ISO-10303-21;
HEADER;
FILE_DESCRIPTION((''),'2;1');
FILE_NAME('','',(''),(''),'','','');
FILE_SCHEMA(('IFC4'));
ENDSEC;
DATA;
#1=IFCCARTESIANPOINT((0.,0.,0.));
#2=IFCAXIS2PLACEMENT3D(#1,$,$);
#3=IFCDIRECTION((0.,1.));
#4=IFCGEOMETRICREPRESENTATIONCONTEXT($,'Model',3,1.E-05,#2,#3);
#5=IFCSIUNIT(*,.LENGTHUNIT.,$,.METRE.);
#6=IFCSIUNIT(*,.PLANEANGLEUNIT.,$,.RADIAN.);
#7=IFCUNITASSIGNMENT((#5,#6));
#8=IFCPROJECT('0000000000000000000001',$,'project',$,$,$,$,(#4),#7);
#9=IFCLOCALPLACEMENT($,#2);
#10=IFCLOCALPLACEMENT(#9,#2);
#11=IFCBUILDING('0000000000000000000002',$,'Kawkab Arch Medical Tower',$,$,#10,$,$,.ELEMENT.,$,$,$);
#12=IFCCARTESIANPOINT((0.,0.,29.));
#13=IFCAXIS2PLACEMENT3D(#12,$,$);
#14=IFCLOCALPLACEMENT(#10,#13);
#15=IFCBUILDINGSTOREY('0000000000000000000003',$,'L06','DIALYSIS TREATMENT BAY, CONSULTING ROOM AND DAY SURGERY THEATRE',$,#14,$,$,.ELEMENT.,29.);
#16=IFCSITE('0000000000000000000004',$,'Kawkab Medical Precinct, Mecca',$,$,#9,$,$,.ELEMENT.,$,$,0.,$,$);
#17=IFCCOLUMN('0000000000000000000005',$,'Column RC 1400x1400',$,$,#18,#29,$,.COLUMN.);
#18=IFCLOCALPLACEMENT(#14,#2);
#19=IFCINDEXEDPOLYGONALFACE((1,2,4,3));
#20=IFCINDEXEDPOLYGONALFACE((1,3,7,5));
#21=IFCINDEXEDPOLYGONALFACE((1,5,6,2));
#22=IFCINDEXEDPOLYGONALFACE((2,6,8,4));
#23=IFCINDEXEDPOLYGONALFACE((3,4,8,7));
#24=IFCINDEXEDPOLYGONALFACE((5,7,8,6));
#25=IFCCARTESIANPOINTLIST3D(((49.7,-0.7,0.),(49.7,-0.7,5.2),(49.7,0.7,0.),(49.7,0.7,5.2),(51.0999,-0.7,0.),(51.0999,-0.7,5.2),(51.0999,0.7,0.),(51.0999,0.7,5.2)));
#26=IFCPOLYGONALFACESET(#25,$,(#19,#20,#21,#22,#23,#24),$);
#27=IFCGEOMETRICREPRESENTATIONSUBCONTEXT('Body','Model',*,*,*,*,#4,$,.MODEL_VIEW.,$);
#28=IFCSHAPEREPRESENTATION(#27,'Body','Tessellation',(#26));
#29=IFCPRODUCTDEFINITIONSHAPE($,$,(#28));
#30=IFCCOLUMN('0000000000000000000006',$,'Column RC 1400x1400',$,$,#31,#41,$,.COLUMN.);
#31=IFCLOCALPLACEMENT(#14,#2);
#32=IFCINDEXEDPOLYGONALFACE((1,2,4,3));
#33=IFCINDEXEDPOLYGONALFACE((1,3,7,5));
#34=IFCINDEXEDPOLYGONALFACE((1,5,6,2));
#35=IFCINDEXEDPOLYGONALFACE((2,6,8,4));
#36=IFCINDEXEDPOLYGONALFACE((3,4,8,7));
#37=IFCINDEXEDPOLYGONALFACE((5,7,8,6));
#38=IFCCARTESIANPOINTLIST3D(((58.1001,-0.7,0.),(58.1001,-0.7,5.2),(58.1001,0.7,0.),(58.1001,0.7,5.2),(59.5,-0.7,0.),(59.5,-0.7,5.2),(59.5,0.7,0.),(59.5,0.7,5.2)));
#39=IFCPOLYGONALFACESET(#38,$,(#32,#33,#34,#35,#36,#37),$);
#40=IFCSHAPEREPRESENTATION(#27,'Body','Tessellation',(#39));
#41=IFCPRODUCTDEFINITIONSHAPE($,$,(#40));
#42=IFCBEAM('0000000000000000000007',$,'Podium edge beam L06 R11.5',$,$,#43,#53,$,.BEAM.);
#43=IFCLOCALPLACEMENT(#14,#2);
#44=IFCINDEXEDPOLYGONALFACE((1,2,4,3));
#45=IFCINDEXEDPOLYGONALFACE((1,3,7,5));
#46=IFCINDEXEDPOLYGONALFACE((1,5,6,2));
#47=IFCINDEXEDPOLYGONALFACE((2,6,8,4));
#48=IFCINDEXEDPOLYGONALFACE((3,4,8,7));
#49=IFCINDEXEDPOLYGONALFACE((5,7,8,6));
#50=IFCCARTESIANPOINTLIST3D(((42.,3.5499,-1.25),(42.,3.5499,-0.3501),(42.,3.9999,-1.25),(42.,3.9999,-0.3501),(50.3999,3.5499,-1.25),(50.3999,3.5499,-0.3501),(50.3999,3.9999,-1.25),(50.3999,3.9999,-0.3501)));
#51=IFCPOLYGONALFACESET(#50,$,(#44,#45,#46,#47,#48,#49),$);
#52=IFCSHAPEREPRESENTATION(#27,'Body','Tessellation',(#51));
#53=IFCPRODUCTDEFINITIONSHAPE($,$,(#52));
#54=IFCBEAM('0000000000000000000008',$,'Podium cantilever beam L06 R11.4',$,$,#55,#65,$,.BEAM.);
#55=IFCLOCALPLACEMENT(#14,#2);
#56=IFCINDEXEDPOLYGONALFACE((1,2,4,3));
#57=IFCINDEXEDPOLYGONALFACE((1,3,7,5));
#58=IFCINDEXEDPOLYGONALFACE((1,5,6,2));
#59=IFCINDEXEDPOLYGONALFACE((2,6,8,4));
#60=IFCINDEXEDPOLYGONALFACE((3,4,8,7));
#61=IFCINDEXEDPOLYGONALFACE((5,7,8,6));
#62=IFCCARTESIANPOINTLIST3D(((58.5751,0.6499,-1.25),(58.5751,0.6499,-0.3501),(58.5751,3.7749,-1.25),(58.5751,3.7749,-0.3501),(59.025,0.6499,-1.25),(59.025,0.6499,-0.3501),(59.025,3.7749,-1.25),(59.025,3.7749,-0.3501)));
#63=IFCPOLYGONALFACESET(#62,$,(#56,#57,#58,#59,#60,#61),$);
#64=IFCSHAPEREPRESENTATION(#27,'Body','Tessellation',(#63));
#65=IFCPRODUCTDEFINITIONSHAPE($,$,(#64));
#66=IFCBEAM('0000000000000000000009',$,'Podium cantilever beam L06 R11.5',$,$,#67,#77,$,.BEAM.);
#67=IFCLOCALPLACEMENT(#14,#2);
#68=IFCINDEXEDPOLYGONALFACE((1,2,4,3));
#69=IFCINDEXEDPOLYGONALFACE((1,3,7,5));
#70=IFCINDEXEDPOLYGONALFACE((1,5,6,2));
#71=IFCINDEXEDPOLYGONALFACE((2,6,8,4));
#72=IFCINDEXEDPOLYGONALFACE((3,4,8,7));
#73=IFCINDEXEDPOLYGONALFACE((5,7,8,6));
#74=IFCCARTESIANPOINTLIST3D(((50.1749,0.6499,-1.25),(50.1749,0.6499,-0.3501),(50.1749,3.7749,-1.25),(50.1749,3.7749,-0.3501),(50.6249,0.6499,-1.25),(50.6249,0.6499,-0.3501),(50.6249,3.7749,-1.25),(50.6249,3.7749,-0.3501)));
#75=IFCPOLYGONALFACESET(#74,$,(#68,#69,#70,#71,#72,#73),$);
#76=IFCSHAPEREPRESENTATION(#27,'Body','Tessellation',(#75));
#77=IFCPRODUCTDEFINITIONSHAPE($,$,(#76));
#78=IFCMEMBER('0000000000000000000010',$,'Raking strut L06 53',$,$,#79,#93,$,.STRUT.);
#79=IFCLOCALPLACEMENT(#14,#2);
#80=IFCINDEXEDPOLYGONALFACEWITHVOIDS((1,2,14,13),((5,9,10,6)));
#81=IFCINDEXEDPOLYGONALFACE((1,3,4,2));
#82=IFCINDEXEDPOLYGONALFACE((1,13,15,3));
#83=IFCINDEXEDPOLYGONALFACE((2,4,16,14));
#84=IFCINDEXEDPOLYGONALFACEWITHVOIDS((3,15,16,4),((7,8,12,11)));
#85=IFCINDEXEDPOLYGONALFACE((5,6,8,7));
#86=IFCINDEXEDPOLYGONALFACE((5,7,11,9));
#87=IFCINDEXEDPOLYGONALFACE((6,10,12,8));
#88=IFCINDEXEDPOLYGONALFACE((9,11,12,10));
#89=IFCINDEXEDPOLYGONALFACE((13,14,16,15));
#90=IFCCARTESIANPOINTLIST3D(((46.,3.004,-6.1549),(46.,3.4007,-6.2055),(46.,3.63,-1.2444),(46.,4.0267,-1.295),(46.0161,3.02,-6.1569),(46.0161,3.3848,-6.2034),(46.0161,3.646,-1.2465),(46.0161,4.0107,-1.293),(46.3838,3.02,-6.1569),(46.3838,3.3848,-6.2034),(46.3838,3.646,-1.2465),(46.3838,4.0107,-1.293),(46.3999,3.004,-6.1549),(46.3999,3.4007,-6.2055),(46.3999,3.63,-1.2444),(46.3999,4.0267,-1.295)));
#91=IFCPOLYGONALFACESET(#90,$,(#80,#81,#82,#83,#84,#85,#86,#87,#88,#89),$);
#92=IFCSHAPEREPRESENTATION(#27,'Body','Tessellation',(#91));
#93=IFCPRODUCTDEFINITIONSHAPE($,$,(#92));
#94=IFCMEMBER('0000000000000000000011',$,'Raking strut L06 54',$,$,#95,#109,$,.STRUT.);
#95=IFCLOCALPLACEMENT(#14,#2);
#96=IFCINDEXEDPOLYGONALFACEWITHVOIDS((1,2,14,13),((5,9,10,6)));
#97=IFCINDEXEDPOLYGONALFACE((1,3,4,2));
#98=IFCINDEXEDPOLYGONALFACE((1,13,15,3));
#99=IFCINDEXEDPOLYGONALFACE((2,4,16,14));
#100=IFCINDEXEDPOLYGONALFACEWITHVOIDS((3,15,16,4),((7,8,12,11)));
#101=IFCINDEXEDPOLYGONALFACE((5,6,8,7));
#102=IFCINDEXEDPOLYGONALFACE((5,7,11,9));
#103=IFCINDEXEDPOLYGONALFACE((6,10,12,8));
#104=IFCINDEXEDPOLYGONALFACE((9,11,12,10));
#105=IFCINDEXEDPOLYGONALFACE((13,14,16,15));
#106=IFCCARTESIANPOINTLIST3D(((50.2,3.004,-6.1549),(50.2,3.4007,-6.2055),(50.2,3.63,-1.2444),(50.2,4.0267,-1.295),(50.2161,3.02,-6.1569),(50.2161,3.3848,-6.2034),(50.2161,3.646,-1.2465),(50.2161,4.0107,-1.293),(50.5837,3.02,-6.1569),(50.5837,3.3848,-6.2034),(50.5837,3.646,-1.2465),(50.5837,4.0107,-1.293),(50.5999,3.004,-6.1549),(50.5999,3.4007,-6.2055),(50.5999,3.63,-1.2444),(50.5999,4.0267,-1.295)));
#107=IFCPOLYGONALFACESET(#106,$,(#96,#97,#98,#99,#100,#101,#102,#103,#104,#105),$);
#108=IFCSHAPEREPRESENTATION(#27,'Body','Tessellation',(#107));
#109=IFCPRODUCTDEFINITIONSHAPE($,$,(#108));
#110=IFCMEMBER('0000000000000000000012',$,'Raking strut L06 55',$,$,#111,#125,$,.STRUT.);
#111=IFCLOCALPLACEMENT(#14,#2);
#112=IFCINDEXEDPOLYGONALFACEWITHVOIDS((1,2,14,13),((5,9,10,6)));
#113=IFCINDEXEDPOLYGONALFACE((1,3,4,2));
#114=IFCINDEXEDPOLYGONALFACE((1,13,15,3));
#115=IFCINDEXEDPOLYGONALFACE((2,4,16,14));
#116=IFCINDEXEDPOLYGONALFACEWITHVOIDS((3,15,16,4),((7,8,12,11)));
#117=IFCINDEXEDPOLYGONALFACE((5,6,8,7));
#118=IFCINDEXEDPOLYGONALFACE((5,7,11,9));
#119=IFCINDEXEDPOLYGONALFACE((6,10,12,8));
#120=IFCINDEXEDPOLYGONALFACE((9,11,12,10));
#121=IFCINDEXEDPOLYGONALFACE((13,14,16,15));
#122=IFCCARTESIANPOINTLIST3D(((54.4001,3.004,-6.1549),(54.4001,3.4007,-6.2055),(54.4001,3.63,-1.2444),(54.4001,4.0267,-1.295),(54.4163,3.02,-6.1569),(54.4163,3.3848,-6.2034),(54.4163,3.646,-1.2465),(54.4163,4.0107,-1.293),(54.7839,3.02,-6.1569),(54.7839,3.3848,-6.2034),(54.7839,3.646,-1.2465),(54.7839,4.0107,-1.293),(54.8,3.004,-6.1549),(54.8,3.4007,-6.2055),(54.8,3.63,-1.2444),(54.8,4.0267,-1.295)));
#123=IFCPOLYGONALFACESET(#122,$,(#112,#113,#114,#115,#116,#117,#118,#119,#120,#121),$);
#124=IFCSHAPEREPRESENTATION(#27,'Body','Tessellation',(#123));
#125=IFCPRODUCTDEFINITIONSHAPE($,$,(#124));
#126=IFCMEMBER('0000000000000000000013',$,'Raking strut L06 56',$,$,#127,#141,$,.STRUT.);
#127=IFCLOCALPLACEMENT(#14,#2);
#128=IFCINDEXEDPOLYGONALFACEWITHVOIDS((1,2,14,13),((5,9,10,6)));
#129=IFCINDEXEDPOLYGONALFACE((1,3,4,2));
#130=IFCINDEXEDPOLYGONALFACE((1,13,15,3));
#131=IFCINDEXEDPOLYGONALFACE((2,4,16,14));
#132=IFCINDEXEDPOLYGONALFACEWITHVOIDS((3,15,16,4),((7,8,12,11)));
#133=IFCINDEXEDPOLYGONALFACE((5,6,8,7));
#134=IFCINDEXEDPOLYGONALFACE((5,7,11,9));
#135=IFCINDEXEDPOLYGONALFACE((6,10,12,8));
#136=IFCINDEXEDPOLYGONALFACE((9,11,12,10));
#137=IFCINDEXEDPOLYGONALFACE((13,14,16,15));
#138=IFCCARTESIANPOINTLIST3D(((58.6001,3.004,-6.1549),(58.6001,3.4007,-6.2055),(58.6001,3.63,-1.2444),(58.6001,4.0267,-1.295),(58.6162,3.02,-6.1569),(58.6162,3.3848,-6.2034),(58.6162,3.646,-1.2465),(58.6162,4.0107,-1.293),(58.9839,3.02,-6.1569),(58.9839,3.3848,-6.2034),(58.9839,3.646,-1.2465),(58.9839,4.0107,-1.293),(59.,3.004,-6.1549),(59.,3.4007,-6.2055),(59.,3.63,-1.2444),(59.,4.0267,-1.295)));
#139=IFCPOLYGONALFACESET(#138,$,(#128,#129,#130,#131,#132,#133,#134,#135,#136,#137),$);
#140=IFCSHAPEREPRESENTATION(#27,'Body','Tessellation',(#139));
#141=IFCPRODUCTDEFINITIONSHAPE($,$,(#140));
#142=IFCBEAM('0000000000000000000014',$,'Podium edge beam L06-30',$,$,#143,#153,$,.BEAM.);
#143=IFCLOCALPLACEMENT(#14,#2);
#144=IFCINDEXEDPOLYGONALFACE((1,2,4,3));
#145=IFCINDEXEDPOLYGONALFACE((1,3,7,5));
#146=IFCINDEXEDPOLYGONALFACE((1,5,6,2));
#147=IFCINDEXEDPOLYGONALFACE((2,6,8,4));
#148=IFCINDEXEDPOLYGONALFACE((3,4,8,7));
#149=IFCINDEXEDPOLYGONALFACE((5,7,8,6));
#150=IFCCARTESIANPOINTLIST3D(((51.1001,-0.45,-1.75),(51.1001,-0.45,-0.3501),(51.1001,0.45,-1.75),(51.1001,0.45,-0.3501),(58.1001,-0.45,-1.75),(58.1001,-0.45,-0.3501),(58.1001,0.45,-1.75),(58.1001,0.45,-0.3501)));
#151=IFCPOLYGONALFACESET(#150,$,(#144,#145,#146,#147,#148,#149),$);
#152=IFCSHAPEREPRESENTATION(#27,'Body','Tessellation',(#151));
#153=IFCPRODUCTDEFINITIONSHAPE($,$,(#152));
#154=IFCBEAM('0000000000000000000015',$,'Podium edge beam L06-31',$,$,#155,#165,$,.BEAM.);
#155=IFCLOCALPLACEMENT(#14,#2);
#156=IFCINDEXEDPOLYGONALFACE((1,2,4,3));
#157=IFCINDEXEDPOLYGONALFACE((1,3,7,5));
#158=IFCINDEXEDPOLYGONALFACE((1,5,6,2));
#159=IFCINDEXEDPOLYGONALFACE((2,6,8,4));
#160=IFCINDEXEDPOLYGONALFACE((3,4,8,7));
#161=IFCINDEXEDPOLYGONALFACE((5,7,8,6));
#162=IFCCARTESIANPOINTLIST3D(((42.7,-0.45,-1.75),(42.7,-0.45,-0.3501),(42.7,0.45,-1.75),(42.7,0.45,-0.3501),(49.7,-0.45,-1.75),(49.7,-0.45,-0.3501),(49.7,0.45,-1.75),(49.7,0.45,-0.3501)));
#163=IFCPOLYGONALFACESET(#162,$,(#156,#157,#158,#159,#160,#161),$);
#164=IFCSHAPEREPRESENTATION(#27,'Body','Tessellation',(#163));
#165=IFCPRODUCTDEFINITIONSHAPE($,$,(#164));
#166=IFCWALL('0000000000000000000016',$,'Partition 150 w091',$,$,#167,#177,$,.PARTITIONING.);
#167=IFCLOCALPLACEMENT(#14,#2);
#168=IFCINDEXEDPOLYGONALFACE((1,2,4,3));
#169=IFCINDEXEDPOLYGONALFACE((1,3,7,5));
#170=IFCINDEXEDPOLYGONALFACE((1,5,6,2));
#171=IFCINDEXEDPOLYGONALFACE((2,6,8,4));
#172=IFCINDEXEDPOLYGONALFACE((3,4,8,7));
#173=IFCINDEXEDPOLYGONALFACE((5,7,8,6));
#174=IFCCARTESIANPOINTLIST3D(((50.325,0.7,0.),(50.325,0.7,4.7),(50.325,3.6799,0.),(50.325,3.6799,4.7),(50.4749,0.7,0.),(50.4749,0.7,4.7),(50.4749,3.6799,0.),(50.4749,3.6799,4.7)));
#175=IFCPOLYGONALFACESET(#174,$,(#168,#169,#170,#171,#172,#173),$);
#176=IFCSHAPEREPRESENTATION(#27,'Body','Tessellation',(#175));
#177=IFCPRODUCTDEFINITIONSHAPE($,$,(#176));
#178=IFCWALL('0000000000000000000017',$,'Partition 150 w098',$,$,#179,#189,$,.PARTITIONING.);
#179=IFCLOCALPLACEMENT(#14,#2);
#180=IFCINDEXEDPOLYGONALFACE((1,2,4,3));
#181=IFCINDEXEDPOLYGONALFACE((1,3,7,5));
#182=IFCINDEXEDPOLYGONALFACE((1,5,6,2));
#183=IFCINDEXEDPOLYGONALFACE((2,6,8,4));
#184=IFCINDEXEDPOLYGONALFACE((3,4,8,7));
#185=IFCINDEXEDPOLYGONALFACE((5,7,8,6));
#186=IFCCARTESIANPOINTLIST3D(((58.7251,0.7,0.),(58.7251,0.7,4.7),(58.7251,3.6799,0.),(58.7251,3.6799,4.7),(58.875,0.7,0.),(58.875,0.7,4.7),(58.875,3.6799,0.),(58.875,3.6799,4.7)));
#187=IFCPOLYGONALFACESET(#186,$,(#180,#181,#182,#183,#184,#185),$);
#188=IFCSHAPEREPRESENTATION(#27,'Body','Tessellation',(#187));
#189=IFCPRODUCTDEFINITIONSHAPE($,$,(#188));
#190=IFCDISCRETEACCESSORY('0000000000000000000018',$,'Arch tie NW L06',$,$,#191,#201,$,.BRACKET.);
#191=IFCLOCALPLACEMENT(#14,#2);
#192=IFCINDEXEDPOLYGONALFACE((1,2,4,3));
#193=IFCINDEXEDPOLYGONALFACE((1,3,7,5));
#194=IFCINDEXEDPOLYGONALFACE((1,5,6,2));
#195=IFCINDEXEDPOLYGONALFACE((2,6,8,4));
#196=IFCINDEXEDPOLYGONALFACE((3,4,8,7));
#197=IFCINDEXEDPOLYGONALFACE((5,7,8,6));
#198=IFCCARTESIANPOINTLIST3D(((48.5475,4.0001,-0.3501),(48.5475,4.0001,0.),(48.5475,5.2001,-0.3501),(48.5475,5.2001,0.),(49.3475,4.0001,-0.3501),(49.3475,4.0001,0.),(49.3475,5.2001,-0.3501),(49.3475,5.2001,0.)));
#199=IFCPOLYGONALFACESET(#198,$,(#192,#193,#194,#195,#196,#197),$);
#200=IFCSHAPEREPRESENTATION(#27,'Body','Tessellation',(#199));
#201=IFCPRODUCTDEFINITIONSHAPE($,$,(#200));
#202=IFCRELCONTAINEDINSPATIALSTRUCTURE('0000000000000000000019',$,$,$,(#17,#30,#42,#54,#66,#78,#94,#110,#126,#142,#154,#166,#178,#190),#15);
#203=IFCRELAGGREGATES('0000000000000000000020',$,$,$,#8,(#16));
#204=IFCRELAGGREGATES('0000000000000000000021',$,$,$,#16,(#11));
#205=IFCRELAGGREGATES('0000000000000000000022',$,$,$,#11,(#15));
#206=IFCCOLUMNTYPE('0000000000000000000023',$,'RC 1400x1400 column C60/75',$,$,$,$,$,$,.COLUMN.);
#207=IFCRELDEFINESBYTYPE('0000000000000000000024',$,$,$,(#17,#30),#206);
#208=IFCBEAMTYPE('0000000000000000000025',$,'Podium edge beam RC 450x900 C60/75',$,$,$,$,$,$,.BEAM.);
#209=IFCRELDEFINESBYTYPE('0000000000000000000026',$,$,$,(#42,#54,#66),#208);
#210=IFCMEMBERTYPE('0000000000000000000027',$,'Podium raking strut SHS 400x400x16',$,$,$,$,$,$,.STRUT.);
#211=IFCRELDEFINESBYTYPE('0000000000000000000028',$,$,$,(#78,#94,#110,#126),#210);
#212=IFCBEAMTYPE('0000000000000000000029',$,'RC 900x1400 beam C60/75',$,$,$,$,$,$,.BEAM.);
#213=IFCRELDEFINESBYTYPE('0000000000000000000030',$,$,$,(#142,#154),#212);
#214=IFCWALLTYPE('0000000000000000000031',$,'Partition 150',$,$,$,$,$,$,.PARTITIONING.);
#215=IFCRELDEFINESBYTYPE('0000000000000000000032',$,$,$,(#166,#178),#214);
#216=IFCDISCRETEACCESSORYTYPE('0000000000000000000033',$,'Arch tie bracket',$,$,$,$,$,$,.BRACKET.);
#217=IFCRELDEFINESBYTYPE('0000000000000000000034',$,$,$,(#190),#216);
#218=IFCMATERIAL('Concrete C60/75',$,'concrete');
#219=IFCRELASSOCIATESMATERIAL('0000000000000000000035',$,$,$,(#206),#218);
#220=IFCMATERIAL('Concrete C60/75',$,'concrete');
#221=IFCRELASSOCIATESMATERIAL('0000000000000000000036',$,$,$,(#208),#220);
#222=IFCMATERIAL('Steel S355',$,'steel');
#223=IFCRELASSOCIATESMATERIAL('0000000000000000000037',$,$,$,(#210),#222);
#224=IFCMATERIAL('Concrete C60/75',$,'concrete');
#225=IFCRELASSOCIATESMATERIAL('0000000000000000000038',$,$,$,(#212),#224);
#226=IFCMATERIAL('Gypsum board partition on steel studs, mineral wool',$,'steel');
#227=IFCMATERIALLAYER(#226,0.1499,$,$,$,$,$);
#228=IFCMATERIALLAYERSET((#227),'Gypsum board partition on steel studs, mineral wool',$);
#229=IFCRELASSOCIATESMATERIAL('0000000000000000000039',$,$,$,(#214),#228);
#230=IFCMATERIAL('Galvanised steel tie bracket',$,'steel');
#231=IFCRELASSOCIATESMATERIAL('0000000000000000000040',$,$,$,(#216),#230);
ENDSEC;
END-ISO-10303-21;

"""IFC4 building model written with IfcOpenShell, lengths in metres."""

from ifc_helpers import new_model, si_unit, direction, frame, frame_2d, origin, origin_2d, place, context, subcontext, project, spatial, rectangle, hollow_rectangle, extrude, material, layer, layer_set, material_profile, profile_set, type_object, element, save


model = new_model("IFC4")

# Units and contexts
model_context = context("Model", 3, precision=1e-05, world=origin(), true_north=direction((0.0, 1.0)))
body_context = subcontext(model_context, "Body", "Model", "MODEL_VIEW")
ifc_project = project(units=[si_unit("LENGTHUNIT", "METRE"), si_unit("PLANEANGLEUNIT", "RADIAN")], contexts=[model_context])

# Site, building, storey
site_placement = place(None, origin())
site = spatial("IfcSite", under=ifc_project, at=site_placement, Name="Kawkab Medical Precinct, Mecca", CompositionType="ELEMENT", RefElevation=0.0)
building_placement = place(site_placement, origin())
building = spatial("IfcBuilding", under=site, at=building_placement, Name="Kawkab Arch Medical Tower", CompositionType="ELEMENT")
storey_placement = place(building_placement, frame((0.0, 0.0, 29.0)))
storey = spatial("IfcBuildingStorey", under=building, at=storey_placement, Name="L06", Description="DIALYSIS TREATMENT BAY, CONSULTING ROOM AND DAY SURGERY THEATRE", CompositionType="ELEMENT", Elevation=29.0)

# Columns
ifc_material_1 = material(Name="Concrete C60/75", Category="concrete")
ifc_material_profile_1 = material_profile(ifc_material_1, rectangle(XDim=1.3999, YDim=1.3999, at=origin_2d()), Name="RC 1400x1400")
ifc_profile_set_1 = profile_set([ifc_material_profile_1], Name="Concrete C60/75")
column_type = type_object("IfcColumnType", Name="RC 1400x1400 column C60/75", PredefinedType="COLUMN", material=ifc_profile_set_1)
for number, where, z_axis, x_axis, name in (
    (1, (50.3999, 0.0, 0.0), (0.0, 0.0, 1.0), (1.0, 0.0, 0.0), "Column RC 1400x1400"),
    (2, (58.8, 0.0, 0.0), (0.0, 0.0, 1.0), (1.0, 0.0, 0.0), "Column RC 1400x1400"),
):
    element("IfcColumn", number, at=place(storey_placement, frame(where, z_axis=z_axis, x_axis=x_axis)), inside=storey, type_object=column_type, Name=name, PredefinedType="COLUMN", context=body_context, shape_type="SweptSolid", body=[
        extrude(rectangle(XDim=1.3999, YDim=1.3999, at=origin_2d()), origin(), (0.0, 0.0, 1.0), 5.2),
    ])

# Beams
ifc_material_2 = material(Name="Concrete C60/75", Category="concrete")
ifc_material_profile_2 = material_profile(ifc_material_2, rectangle(XDim=0.45, YDim=0.8999, at=origin_2d()), Name="RC 450x900")
ifc_profile_set_2 = profile_set([ifc_material_profile_2], Name="Concrete C60/75")
beam_type_1 = type_object("IfcBeamType", Name="Podium edge beam RC 450x900 C60/75", PredefinedType="BEAM", material=ifc_profile_set_2)
beam_placement = place(storey_placement, frame((50.3999, 3.7749, -0.8), z_axis=(-1.0, 0.0, 0.0), x_axis=(0.0, -1.0, 0.0)))
element("IfcBeam", 3, at=beam_placement, inside=storey, type_object=beam_type_1, Name="Podium edge beam L06 R11.5", PredefinedType="BEAM", context=body_context, shape_type="SweptSolid", body=[
    extrude(rectangle(XDim=0.45, YDim=0.8999, at=origin_2d()), origin(), (0.0, 0.0, 1.0), 8.3999),
])
for number, where, z_axis, x_axis, name in (
    (4, (58.8, 0.6499, -0.8), (0.0, 1.0, 0.0), (-1.0, 0.0, 0.0), "Podium cantilever beam L06 R11.4"),
    (5, (50.3999, 0.6499, -0.8), (0.0, 1.0, 0.0), (-1.0, 0.0, 0.0), "Podium cantilever beam L06 R11.5"),
):
    element("IfcBeam", number, at=place(storey_placement, frame(where, z_axis=z_axis, x_axis=x_axis)), inside=storey, type_object=beam_type_1, Name=name, PredefinedType="BEAM", context=body_context, shape_type="SweptSolid", body=[
        extrude(rectangle(XDim=0.45, YDim=0.8999, at=origin_2d()), origin(), (0.0, 0.0, 1.0), 3.125),
    ])

# Members
ifc_material_3 = material(Name="Steel S355", Category="steel")
ifc_material_profile_3 = material_profile(ifc_material_3, hollow_rectangle(XDim=0.3999, YDim=0.3999, WallThickness=0.0161, at=origin_2d()), Name="SHS 400x400x16")
ifc_profile_set_3 = profile_set([ifc_material_profile_3], Name="Steel S355")
member_type = type_object("IfcMemberType", Name="Podium raking strut SHS 400x400x16", PredefinedType="STRUT", material=ifc_profile_set_3)
for number, where, z_axis, x_axis, name in (
    (6, (46.2, 3.2024, -6.1802), (0.0, 0.126456, 0.991972), (-1.0, 0.0, 0.0), "Raking strut L06 53"),
    (7, (50.3999, 3.2024, -6.1802), (0.0, 0.126456, 0.991972), (-1.0, 0.0, 0.0), "Raking strut L06 54"),
    (8, (54.6001, 3.2024, -6.1802), (0.0, 0.126456, 0.991972), (-1.0, 0.0, 0.0), "Raking strut L06 55"),
    (9, (58.8, 3.2024, -6.1802), (0.0, 0.126456, 0.991972), (-1.0, 0.0, 0.0), "Raking strut L06 56"),
):
    element("IfcMember", number, at=place(storey_placement, frame(where, z_axis=z_axis, x_axis=x_axis)), inside=storey, type_object=member_type, Name=name, PredefinedType="STRUT", context=body_context, shape_type="SweptSolid", body=[
        extrude(hollow_rectangle(XDim=0.3999, YDim=0.3999, WallThickness=0.0161, at=origin_2d()), origin(), (0.0, 0.0, 1.0), 4.9502),
    ])

# Beams
ifc_material_4 = material(Name="Concrete C60/75", Category="concrete")
ifc_material_profile_4 = material_profile(ifc_material_4, rectangle(XDim=0.8999, YDim=1.3999, at=origin_2d()), Name="RC 900x1400")
ifc_profile_set_4 = profile_set([ifc_material_profile_4], Name="Concrete C60/75")
beam_type_2 = type_object("IfcBeamType", Name="RC 900x1400 beam C60/75", PredefinedType="BEAM", material=ifc_profile_set_4)
for number, where, z_axis, x_axis, name in (
    (10, (58.1001, 0.0, -1.05), (-1.0, 0.0, 0.0), (0.0, -1.0, 0.0), "Podium edge beam L06-30"),
    (11, (49.7, 0.0, -1.05), (-1.0, 0.0, 0.0), (0.0, -1.0, 0.0), "Podium edge beam L06-31"),
):
    element("IfcBeam", number, at=place(storey_placement, frame(where, z_axis=z_axis, x_axis=x_axis)), inside=storey, type_object=beam_type_2, Name=name, PredefinedType="BEAM", context=body_context, shape_type="SweptSolid", body=[
        extrude(rectangle(XDim=0.8999, YDim=1.3999, at=origin_2d()), origin(), (0.0, 0.0, 1.0), 7.0),
    ])

# Walls
ifc_material_5 = material(Name="Gypsum board partition on steel studs, mineral wool", Category="steel")
ifc_layer = layer(ifc_material_5, 0.1499)
ifc_layer_set = layer_set([ifc_layer], Name="Gypsum board partition on steel studs, mineral wool")
wall_type = type_object("IfcWallType", Name="Partition 150", PredefinedType="PARTITIONING", material=ifc_layer_set)
for number, where, z_axis, x_axis, name in (
    (12, (50.3999, 0.7, 0.0), (0.0, 0.0, 1.0), (0.0, 1.0, 0.0), "Partition 150 w091"),
    (13, (58.8, 0.7, 0.0), (0.0, 0.0, 1.0), (0.0, 1.0, 0.0), "Partition 150 w098"),
):
    element("IfcWall", number, at=place(storey_placement, frame(where, z_axis=z_axis, x_axis=x_axis)), inside=storey, type_object=wall_type, Name=name, PredefinedType="PARTITIONING", context=body_context, shape_type="SweptSolid", body=[
        extrude(rectangle(XDim=2.98, YDim=0.1499, at=frame_2d((1.49, 0.0))), origin(), (0.0, 0.0, 1.0), 4.7),
    ])

# Discrete accessory
ifc_material_6 = material(Name="Galvanised steel tie bracket", Category="steel")
discrete_accessory_type_1 = type_object("IfcDiscreteAccessoryType", Name="Arch tie bracket", PredefinedType="BRACKET", material=ifc_material_6)
discrete_accessory_placement = place(storey_placement, frame((48.9475, 4.6001, -0.3501), z_axis=(0.0, 0.0, 1.0), x_axis=(1.0, 0.0, 0.0)))
element("IfcDiscreteAccessory", 14, at=discrete_accessory_placement, inside=storey, type_object=discrete_accessory_type_1, Name="Arch tie NW L06", PredefinedType="BRACKET", context=body_context, shape_type="SweptSolid", body=[
    extrude(rectangle(XDim=0.8, YDim=1.2, at=origin_2d()), origin(), (0.0, 0.0, 1.0), 0.3501),
])

save(model, "model.ifc")
